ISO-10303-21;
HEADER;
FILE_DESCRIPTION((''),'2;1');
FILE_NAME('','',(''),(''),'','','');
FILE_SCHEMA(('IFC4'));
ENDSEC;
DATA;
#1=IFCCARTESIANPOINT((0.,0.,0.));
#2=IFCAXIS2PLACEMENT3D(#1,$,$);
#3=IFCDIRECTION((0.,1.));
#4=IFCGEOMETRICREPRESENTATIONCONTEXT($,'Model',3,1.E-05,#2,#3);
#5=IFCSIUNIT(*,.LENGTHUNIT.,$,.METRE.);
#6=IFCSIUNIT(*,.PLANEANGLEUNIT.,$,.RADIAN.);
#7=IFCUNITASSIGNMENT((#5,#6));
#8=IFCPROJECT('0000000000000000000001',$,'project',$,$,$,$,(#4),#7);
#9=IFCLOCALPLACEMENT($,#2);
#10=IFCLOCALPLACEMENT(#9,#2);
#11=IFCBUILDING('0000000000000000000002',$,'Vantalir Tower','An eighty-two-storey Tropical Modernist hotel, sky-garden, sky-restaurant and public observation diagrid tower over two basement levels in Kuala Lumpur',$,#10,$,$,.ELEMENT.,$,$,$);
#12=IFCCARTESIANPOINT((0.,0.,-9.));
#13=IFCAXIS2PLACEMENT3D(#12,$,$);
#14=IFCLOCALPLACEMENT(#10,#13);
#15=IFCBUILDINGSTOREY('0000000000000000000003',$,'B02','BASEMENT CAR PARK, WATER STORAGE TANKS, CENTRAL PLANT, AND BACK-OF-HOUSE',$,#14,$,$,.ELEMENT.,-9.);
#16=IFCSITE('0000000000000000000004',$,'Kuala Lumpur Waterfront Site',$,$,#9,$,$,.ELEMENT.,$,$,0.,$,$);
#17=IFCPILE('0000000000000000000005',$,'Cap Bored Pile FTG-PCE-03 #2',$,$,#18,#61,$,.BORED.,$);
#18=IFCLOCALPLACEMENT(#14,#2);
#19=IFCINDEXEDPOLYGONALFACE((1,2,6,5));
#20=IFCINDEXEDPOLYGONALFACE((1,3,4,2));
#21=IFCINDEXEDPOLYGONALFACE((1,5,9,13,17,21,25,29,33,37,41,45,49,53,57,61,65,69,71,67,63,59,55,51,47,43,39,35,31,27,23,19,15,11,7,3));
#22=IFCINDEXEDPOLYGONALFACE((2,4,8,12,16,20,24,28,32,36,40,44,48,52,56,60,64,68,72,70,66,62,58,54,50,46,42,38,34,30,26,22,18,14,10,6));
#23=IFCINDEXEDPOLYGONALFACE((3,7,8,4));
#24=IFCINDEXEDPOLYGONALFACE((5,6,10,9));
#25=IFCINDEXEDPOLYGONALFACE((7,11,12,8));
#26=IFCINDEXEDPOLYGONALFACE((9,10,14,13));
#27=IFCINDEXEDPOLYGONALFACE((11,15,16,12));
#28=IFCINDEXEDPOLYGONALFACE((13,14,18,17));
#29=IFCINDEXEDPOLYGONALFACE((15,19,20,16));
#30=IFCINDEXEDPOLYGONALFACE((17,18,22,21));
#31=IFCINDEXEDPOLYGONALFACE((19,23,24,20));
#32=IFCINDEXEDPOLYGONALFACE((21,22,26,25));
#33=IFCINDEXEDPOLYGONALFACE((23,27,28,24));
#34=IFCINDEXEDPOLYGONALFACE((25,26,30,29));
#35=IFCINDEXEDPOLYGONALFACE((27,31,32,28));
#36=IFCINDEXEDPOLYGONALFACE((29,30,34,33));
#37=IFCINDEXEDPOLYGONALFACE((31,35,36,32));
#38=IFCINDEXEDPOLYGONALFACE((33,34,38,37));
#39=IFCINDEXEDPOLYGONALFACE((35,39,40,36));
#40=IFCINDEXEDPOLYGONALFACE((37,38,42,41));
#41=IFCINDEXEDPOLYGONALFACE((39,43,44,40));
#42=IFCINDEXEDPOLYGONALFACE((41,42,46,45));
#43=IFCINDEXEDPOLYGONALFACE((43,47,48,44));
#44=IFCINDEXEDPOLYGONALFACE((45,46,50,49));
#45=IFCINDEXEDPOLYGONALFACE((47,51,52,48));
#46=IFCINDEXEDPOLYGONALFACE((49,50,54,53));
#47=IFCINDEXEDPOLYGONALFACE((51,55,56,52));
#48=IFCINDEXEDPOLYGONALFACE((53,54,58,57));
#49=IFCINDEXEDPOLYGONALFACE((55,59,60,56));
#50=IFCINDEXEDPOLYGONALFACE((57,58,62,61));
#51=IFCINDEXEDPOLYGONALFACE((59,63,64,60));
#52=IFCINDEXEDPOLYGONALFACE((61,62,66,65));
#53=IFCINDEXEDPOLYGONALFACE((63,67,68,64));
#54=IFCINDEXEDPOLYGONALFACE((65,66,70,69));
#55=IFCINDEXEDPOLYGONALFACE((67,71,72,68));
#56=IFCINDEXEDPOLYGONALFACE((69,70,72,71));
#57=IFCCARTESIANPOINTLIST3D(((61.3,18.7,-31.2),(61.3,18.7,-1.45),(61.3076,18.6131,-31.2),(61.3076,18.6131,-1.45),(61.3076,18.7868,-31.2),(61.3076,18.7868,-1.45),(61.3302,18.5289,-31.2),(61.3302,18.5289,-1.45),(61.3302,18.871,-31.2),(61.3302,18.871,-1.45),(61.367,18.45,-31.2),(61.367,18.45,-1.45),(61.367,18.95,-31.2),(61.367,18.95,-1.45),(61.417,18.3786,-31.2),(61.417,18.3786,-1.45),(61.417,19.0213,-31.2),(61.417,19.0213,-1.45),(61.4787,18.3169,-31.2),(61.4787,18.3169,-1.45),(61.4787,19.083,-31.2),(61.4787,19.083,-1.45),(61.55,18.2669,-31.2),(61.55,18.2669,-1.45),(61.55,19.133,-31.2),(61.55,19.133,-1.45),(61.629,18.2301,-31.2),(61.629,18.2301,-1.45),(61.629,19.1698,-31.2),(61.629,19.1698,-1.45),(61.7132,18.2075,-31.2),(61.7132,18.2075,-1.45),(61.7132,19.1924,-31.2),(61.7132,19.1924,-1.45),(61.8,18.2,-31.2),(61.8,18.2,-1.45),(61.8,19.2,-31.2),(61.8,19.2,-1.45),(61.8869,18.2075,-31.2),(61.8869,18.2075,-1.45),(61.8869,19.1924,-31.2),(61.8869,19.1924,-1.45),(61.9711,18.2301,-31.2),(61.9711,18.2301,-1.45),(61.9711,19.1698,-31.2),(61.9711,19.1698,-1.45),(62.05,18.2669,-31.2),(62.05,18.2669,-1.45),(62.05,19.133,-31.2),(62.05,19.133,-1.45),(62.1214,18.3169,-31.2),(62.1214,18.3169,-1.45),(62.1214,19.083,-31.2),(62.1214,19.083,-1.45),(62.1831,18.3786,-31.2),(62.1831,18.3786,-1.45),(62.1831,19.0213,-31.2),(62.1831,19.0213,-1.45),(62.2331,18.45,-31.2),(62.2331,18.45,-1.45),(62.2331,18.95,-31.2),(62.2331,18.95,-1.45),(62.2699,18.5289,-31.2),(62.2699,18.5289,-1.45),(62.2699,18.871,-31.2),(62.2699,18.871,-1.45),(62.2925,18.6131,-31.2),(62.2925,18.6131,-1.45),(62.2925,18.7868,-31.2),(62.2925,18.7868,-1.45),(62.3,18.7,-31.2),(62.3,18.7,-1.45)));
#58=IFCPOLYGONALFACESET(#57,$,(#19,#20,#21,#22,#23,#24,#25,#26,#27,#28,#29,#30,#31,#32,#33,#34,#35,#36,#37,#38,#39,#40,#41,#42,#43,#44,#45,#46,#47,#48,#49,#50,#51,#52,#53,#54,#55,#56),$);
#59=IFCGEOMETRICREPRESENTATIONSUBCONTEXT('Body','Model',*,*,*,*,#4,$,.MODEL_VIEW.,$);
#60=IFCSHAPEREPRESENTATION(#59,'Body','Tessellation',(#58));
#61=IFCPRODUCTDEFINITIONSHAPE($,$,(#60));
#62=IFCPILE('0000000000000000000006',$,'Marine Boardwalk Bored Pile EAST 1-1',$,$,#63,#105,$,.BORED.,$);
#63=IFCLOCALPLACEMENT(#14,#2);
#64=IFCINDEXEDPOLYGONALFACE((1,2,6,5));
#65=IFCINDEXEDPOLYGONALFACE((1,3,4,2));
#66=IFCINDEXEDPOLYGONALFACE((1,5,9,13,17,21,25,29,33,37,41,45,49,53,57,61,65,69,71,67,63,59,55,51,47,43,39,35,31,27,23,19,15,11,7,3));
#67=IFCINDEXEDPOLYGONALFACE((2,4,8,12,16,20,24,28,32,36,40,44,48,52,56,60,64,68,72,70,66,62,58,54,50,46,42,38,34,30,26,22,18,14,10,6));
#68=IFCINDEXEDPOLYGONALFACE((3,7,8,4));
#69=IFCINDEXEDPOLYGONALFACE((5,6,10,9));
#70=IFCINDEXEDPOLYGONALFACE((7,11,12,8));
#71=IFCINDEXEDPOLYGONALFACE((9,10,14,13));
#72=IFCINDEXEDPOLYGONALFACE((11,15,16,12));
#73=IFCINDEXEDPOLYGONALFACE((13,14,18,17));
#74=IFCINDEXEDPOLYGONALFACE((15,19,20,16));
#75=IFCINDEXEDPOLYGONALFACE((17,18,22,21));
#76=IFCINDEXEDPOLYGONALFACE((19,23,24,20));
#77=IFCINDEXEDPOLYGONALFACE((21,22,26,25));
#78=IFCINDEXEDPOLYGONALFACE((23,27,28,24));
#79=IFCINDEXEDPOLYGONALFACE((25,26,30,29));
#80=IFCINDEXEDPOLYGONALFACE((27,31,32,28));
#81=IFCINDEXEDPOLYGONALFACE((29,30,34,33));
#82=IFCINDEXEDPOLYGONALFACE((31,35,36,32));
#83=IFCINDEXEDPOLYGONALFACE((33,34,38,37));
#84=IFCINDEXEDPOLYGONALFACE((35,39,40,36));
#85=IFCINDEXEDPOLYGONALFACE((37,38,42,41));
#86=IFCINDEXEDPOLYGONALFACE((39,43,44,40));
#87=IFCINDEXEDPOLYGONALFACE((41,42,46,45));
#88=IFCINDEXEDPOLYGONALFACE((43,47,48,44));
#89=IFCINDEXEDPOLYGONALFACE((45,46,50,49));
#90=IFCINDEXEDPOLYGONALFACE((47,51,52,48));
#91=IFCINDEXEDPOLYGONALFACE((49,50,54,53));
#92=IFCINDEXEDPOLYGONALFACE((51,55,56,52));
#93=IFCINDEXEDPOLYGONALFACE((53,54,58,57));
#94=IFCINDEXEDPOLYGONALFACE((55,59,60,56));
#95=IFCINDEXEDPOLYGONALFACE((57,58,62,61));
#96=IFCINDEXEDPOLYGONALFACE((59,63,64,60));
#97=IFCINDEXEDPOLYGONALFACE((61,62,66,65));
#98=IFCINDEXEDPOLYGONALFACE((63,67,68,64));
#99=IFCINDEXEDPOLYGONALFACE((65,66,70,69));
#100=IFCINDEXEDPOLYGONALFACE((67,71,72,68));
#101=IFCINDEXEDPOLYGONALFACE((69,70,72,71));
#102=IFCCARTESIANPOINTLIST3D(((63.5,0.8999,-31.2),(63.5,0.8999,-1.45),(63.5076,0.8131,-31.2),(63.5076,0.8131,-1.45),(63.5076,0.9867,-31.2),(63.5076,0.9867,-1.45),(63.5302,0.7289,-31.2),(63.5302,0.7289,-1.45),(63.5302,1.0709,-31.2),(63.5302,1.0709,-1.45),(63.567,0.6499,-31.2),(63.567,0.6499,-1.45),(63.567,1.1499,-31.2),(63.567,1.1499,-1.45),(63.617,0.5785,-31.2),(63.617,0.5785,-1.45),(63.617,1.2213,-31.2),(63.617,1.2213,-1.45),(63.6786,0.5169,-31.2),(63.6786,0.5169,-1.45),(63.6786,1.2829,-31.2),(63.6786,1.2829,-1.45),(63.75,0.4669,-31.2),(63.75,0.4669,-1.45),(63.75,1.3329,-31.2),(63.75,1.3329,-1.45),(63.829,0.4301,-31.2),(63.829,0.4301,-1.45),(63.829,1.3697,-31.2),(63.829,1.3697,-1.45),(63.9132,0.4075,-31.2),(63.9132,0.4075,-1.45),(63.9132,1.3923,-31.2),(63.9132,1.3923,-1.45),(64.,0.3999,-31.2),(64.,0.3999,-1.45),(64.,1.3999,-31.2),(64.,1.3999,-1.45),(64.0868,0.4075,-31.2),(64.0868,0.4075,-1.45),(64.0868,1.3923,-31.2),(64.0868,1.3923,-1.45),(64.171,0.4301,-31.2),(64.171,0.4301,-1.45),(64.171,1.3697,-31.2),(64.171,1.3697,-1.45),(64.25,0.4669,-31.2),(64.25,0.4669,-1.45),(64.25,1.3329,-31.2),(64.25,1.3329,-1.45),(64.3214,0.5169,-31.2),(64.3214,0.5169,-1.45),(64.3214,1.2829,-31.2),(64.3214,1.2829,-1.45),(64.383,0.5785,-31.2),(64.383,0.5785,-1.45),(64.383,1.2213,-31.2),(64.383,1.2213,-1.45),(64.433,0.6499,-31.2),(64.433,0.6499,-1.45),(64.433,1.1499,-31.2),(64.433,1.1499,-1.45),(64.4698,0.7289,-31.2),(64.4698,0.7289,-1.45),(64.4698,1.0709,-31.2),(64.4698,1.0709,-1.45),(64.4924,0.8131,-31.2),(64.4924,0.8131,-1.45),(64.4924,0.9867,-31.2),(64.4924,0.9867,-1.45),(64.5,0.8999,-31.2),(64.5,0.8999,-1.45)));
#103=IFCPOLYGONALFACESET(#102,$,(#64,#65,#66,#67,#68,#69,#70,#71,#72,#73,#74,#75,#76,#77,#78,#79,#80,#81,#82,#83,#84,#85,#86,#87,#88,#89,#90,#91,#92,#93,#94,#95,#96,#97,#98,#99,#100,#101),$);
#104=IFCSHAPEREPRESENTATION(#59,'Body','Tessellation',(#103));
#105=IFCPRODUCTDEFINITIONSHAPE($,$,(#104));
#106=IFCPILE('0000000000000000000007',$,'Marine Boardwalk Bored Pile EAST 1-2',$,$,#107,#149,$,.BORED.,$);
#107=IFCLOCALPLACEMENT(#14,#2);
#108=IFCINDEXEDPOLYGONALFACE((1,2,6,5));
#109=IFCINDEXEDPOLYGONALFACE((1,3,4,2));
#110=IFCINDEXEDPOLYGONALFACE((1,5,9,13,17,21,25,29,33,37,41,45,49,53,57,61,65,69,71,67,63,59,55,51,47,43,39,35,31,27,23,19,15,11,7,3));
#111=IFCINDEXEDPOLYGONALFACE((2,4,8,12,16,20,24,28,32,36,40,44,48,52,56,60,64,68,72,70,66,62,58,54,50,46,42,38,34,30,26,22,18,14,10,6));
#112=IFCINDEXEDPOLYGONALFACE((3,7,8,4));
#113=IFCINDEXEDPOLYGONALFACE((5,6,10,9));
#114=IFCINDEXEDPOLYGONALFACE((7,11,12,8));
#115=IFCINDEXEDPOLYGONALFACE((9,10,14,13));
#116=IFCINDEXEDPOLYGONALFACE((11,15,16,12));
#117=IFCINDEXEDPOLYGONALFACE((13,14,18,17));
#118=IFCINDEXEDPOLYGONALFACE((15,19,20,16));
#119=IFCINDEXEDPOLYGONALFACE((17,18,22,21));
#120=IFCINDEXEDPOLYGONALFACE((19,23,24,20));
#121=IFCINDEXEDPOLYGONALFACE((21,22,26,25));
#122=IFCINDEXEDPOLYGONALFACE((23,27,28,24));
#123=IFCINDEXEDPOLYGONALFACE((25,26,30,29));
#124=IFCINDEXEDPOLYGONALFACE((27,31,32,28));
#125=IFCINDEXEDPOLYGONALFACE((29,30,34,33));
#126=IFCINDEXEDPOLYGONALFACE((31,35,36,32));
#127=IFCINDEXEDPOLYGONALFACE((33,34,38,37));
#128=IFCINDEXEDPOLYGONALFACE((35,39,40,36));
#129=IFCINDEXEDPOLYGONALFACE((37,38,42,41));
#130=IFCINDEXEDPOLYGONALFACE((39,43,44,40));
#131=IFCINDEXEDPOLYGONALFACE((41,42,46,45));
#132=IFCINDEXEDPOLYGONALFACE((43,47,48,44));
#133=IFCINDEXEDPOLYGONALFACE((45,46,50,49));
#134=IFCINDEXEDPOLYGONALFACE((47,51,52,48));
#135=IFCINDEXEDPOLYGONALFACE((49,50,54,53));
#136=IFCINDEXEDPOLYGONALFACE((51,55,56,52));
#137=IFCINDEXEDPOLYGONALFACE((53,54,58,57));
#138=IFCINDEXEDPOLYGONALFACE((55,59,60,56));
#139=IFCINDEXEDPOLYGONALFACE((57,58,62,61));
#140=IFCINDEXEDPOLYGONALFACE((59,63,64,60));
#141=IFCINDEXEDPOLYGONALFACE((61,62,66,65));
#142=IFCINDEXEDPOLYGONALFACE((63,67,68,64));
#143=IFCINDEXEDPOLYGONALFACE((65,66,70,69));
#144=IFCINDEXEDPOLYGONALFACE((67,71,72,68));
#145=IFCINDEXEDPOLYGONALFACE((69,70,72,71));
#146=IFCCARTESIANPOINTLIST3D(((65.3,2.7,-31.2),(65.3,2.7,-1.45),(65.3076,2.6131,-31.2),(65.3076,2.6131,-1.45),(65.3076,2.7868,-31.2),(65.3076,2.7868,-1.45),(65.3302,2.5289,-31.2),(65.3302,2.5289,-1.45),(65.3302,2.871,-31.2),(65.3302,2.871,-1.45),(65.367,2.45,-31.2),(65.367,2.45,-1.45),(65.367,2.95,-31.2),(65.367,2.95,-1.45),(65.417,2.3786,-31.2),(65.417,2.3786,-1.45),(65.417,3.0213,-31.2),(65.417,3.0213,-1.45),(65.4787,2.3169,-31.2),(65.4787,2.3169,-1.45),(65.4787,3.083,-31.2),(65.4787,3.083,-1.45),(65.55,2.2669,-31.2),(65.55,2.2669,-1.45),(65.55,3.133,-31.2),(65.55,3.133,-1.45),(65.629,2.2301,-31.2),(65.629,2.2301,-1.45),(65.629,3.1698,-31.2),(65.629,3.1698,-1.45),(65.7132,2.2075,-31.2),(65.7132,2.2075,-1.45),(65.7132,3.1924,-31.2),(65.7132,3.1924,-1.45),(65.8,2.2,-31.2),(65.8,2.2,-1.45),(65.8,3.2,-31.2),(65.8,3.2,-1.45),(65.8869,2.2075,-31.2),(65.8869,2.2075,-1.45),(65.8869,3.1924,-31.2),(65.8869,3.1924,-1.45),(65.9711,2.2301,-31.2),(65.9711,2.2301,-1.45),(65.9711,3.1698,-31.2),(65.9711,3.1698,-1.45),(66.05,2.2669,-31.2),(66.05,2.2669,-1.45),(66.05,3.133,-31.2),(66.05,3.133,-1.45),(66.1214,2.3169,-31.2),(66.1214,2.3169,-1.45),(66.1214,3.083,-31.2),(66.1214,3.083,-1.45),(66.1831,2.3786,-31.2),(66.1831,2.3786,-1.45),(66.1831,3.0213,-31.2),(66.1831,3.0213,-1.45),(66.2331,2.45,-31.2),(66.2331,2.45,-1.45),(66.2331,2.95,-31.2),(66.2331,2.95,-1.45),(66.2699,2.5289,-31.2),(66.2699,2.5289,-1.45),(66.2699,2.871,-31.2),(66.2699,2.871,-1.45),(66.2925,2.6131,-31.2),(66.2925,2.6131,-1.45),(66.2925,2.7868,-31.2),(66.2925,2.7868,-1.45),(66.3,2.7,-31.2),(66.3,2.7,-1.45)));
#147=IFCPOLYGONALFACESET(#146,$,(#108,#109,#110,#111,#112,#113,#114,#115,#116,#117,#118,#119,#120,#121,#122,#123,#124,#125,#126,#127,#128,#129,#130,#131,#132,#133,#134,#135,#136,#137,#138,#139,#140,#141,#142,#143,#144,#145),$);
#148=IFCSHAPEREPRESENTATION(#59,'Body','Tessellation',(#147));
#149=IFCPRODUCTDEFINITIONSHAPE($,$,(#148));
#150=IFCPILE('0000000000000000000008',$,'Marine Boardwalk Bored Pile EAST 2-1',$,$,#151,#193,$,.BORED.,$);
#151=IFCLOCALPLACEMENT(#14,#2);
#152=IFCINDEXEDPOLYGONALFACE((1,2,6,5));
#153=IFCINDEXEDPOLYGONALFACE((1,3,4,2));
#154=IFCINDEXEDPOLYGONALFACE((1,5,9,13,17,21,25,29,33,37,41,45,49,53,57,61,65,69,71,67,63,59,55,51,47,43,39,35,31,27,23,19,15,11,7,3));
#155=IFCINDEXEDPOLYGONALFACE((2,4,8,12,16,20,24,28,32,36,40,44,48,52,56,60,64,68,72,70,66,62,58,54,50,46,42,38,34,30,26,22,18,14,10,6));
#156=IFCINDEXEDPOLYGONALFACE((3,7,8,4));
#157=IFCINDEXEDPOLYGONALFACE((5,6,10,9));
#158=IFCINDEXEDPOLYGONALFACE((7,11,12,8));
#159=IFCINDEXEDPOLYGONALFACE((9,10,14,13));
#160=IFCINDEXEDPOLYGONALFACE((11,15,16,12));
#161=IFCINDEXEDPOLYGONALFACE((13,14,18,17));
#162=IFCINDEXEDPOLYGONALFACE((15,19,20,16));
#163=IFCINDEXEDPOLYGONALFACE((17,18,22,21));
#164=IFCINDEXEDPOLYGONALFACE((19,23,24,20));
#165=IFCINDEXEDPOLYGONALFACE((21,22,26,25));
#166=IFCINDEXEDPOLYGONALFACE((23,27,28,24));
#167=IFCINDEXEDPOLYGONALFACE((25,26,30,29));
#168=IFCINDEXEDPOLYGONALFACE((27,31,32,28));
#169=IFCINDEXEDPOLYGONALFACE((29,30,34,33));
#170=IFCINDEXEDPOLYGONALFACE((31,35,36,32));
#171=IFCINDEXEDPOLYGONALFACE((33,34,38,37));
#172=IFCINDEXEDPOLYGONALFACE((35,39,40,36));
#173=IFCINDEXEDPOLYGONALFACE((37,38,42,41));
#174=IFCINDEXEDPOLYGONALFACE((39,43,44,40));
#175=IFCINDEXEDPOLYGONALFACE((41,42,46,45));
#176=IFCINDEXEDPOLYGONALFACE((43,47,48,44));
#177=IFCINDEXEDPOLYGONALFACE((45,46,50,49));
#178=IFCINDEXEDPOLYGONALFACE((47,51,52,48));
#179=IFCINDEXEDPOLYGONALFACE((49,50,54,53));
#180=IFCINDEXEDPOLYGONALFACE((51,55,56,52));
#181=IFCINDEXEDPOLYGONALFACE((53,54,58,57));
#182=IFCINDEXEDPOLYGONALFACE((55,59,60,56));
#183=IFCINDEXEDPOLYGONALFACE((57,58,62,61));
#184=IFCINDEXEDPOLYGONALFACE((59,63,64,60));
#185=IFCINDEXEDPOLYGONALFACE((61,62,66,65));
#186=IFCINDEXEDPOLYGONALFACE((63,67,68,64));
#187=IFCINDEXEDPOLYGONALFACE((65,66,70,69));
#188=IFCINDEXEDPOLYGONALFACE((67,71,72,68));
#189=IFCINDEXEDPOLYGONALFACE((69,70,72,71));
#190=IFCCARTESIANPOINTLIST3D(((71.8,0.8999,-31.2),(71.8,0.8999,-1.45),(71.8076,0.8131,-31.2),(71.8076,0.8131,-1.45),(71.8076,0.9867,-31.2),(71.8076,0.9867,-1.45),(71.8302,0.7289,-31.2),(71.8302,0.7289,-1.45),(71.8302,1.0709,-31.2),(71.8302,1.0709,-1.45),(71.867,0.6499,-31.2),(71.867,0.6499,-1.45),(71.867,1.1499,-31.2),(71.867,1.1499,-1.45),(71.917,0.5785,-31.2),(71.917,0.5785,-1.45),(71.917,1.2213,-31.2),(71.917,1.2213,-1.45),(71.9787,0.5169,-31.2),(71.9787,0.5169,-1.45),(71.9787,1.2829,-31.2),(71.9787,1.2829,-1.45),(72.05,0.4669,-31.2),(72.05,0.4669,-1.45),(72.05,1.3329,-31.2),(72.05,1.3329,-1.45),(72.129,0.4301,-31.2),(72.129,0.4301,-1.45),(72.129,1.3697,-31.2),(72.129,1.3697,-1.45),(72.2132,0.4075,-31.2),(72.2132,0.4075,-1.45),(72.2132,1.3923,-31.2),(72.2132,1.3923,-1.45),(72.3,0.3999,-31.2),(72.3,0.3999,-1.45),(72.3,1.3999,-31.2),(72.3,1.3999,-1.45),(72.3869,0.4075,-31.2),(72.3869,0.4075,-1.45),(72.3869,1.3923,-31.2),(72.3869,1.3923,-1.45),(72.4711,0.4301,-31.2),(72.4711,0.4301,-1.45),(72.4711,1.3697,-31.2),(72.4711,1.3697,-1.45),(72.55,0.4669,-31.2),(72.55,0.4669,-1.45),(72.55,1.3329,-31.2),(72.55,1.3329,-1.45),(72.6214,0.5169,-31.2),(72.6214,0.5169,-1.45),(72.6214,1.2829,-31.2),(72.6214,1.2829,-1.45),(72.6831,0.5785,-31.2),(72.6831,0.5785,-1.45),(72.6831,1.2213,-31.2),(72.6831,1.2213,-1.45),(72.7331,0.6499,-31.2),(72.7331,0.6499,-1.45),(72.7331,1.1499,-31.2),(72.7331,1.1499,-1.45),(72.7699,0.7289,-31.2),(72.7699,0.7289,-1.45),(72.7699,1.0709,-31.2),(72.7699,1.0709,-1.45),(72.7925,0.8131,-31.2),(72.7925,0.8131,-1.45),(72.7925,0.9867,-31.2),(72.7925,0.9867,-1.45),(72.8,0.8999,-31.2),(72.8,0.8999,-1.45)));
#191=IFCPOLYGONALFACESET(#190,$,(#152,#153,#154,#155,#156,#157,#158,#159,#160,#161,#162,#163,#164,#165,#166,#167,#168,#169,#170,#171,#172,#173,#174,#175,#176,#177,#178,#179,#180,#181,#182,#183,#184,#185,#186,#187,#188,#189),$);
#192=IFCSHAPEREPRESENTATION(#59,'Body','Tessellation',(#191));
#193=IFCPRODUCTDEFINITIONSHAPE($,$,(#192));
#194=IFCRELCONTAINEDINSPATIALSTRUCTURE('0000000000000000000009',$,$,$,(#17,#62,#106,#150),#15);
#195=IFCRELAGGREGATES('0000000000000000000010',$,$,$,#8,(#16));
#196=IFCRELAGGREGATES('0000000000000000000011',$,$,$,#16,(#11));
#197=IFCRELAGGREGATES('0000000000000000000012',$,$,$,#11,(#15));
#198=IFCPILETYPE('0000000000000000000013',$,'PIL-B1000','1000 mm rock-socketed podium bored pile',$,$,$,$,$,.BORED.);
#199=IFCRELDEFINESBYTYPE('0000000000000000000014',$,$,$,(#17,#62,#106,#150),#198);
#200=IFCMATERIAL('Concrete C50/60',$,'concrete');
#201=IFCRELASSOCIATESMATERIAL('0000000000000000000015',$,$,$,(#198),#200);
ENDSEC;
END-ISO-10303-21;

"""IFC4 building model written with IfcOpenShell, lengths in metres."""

from ifc_helpers import new_model, si_unit, direction, frame, origin, origin_2d, place, context, subcontext, project, spatial, circle, extrude, material, material_profile, profile_set, type_object, element, save


model = new_model("IFC4")

# Units and contexts
model_context = context("Model", 3, precision=1e-05, world=origin(), true_north=direction((0.0, 1.0)))
body_context = subcontext(model_context, "Body", "Model", "MODEL_VIEW")
ifc_project = project(units=[si_unit("LENGTHUNIT", "METRE"), si_unit("PLANEANGLEUNIT", "RADIAN")], contexts=[model_context])

# Site, building, storey
site_placement = place(None, origin())
site = spatial("IfcSite", under=ifc_project, at=site_placement, Name="Kuala Lumpur Waterfront Site", CompositionType="ELEMENT", RefElevation=0.0)
building_placement = place(site_placement, origin())
building = spatial("IfcBuilding", under=site, at=building_placement, Name="Vantalir Tower", Description="An eighty-two-storey Tropical Modernist hotel, sky-garden, sky-restaurant and public observation diagrid tower over two basement levels in Kuala Lumpur", CompositionType="ELEMENT")
storey_placement = place(building_placement, frame((0.0, 0.0, -9.0)))
storey = spatial("IfcBuildingStorey", under=building, at=storey_placement, Name="B02", Description="BASEMENT CAR PARK, WATER STORAGE TANKS, CENTRAL PLANT, AND BACK-OF-HOUSE", CompositionType="ELEMENT", Elevation=-9.0)

# Shared definitions
ifc_material_1 = material(Name="Concrete C50/60", Category="concrete")

# Piles
ifc_material_profile_1 = material_profile(ifc_material_1, circle(Radius=0.5, at=origin_2d()), Name="Concrete C50/60")
ifc_profile_set_1 = profile_set([ifc_material_profile_1], Name="Concrete C50/60")
pile_type = type_object("IfcPileType", Name="PIL-B1000", Description="1000 mm rock-socketed podium bored pile", PredefinedType="BORED", material=ifc_profile_set_1)
for number, where, z_axis, x_axis, name in (
    (1, (61.8, 18.7, -1.45), (0.0, 0.0, -1.0), (1.0, 0.0, 0.0), "Cap Bored Pile FTG-PCE-03 #2"),
    (2, (64.0, 0.8999, -1.45), (0.0, 0.0, -1.0), (1.0, 0.0, 0.0), "Marine Boardwalk Bored Pile EAST 1-1"),
    (3, (65.8, 2.7, -1.45), (0.0, 0.0, -1.0), (1.0, 0.0, 0.0), "Marine Boardwalk Bored Pile EAST 1-2"),
    (4, (72.3, 0.8999, -1.45), (0.0, 0.0, -1.0), (1.0, 0.0, 0.0), "Marine Boardwalk Bored Pile EAST 2-1"),
):
    element("IfcPile", number, at=place(storey_placement, frame(where, z_axis=z_axis, x_axis=x_axis)), inside=storey, type_object=pile_type, Name=name, PredefinedType="BORED", context=body_context, shape_type="SweptSolid", body=[
        extrude(circle(Radius=0.5, at=origin_2d()), origin(), (0.0, 0.0, 1.0), 29.75),
    ])

save(model, "model.ifc")
